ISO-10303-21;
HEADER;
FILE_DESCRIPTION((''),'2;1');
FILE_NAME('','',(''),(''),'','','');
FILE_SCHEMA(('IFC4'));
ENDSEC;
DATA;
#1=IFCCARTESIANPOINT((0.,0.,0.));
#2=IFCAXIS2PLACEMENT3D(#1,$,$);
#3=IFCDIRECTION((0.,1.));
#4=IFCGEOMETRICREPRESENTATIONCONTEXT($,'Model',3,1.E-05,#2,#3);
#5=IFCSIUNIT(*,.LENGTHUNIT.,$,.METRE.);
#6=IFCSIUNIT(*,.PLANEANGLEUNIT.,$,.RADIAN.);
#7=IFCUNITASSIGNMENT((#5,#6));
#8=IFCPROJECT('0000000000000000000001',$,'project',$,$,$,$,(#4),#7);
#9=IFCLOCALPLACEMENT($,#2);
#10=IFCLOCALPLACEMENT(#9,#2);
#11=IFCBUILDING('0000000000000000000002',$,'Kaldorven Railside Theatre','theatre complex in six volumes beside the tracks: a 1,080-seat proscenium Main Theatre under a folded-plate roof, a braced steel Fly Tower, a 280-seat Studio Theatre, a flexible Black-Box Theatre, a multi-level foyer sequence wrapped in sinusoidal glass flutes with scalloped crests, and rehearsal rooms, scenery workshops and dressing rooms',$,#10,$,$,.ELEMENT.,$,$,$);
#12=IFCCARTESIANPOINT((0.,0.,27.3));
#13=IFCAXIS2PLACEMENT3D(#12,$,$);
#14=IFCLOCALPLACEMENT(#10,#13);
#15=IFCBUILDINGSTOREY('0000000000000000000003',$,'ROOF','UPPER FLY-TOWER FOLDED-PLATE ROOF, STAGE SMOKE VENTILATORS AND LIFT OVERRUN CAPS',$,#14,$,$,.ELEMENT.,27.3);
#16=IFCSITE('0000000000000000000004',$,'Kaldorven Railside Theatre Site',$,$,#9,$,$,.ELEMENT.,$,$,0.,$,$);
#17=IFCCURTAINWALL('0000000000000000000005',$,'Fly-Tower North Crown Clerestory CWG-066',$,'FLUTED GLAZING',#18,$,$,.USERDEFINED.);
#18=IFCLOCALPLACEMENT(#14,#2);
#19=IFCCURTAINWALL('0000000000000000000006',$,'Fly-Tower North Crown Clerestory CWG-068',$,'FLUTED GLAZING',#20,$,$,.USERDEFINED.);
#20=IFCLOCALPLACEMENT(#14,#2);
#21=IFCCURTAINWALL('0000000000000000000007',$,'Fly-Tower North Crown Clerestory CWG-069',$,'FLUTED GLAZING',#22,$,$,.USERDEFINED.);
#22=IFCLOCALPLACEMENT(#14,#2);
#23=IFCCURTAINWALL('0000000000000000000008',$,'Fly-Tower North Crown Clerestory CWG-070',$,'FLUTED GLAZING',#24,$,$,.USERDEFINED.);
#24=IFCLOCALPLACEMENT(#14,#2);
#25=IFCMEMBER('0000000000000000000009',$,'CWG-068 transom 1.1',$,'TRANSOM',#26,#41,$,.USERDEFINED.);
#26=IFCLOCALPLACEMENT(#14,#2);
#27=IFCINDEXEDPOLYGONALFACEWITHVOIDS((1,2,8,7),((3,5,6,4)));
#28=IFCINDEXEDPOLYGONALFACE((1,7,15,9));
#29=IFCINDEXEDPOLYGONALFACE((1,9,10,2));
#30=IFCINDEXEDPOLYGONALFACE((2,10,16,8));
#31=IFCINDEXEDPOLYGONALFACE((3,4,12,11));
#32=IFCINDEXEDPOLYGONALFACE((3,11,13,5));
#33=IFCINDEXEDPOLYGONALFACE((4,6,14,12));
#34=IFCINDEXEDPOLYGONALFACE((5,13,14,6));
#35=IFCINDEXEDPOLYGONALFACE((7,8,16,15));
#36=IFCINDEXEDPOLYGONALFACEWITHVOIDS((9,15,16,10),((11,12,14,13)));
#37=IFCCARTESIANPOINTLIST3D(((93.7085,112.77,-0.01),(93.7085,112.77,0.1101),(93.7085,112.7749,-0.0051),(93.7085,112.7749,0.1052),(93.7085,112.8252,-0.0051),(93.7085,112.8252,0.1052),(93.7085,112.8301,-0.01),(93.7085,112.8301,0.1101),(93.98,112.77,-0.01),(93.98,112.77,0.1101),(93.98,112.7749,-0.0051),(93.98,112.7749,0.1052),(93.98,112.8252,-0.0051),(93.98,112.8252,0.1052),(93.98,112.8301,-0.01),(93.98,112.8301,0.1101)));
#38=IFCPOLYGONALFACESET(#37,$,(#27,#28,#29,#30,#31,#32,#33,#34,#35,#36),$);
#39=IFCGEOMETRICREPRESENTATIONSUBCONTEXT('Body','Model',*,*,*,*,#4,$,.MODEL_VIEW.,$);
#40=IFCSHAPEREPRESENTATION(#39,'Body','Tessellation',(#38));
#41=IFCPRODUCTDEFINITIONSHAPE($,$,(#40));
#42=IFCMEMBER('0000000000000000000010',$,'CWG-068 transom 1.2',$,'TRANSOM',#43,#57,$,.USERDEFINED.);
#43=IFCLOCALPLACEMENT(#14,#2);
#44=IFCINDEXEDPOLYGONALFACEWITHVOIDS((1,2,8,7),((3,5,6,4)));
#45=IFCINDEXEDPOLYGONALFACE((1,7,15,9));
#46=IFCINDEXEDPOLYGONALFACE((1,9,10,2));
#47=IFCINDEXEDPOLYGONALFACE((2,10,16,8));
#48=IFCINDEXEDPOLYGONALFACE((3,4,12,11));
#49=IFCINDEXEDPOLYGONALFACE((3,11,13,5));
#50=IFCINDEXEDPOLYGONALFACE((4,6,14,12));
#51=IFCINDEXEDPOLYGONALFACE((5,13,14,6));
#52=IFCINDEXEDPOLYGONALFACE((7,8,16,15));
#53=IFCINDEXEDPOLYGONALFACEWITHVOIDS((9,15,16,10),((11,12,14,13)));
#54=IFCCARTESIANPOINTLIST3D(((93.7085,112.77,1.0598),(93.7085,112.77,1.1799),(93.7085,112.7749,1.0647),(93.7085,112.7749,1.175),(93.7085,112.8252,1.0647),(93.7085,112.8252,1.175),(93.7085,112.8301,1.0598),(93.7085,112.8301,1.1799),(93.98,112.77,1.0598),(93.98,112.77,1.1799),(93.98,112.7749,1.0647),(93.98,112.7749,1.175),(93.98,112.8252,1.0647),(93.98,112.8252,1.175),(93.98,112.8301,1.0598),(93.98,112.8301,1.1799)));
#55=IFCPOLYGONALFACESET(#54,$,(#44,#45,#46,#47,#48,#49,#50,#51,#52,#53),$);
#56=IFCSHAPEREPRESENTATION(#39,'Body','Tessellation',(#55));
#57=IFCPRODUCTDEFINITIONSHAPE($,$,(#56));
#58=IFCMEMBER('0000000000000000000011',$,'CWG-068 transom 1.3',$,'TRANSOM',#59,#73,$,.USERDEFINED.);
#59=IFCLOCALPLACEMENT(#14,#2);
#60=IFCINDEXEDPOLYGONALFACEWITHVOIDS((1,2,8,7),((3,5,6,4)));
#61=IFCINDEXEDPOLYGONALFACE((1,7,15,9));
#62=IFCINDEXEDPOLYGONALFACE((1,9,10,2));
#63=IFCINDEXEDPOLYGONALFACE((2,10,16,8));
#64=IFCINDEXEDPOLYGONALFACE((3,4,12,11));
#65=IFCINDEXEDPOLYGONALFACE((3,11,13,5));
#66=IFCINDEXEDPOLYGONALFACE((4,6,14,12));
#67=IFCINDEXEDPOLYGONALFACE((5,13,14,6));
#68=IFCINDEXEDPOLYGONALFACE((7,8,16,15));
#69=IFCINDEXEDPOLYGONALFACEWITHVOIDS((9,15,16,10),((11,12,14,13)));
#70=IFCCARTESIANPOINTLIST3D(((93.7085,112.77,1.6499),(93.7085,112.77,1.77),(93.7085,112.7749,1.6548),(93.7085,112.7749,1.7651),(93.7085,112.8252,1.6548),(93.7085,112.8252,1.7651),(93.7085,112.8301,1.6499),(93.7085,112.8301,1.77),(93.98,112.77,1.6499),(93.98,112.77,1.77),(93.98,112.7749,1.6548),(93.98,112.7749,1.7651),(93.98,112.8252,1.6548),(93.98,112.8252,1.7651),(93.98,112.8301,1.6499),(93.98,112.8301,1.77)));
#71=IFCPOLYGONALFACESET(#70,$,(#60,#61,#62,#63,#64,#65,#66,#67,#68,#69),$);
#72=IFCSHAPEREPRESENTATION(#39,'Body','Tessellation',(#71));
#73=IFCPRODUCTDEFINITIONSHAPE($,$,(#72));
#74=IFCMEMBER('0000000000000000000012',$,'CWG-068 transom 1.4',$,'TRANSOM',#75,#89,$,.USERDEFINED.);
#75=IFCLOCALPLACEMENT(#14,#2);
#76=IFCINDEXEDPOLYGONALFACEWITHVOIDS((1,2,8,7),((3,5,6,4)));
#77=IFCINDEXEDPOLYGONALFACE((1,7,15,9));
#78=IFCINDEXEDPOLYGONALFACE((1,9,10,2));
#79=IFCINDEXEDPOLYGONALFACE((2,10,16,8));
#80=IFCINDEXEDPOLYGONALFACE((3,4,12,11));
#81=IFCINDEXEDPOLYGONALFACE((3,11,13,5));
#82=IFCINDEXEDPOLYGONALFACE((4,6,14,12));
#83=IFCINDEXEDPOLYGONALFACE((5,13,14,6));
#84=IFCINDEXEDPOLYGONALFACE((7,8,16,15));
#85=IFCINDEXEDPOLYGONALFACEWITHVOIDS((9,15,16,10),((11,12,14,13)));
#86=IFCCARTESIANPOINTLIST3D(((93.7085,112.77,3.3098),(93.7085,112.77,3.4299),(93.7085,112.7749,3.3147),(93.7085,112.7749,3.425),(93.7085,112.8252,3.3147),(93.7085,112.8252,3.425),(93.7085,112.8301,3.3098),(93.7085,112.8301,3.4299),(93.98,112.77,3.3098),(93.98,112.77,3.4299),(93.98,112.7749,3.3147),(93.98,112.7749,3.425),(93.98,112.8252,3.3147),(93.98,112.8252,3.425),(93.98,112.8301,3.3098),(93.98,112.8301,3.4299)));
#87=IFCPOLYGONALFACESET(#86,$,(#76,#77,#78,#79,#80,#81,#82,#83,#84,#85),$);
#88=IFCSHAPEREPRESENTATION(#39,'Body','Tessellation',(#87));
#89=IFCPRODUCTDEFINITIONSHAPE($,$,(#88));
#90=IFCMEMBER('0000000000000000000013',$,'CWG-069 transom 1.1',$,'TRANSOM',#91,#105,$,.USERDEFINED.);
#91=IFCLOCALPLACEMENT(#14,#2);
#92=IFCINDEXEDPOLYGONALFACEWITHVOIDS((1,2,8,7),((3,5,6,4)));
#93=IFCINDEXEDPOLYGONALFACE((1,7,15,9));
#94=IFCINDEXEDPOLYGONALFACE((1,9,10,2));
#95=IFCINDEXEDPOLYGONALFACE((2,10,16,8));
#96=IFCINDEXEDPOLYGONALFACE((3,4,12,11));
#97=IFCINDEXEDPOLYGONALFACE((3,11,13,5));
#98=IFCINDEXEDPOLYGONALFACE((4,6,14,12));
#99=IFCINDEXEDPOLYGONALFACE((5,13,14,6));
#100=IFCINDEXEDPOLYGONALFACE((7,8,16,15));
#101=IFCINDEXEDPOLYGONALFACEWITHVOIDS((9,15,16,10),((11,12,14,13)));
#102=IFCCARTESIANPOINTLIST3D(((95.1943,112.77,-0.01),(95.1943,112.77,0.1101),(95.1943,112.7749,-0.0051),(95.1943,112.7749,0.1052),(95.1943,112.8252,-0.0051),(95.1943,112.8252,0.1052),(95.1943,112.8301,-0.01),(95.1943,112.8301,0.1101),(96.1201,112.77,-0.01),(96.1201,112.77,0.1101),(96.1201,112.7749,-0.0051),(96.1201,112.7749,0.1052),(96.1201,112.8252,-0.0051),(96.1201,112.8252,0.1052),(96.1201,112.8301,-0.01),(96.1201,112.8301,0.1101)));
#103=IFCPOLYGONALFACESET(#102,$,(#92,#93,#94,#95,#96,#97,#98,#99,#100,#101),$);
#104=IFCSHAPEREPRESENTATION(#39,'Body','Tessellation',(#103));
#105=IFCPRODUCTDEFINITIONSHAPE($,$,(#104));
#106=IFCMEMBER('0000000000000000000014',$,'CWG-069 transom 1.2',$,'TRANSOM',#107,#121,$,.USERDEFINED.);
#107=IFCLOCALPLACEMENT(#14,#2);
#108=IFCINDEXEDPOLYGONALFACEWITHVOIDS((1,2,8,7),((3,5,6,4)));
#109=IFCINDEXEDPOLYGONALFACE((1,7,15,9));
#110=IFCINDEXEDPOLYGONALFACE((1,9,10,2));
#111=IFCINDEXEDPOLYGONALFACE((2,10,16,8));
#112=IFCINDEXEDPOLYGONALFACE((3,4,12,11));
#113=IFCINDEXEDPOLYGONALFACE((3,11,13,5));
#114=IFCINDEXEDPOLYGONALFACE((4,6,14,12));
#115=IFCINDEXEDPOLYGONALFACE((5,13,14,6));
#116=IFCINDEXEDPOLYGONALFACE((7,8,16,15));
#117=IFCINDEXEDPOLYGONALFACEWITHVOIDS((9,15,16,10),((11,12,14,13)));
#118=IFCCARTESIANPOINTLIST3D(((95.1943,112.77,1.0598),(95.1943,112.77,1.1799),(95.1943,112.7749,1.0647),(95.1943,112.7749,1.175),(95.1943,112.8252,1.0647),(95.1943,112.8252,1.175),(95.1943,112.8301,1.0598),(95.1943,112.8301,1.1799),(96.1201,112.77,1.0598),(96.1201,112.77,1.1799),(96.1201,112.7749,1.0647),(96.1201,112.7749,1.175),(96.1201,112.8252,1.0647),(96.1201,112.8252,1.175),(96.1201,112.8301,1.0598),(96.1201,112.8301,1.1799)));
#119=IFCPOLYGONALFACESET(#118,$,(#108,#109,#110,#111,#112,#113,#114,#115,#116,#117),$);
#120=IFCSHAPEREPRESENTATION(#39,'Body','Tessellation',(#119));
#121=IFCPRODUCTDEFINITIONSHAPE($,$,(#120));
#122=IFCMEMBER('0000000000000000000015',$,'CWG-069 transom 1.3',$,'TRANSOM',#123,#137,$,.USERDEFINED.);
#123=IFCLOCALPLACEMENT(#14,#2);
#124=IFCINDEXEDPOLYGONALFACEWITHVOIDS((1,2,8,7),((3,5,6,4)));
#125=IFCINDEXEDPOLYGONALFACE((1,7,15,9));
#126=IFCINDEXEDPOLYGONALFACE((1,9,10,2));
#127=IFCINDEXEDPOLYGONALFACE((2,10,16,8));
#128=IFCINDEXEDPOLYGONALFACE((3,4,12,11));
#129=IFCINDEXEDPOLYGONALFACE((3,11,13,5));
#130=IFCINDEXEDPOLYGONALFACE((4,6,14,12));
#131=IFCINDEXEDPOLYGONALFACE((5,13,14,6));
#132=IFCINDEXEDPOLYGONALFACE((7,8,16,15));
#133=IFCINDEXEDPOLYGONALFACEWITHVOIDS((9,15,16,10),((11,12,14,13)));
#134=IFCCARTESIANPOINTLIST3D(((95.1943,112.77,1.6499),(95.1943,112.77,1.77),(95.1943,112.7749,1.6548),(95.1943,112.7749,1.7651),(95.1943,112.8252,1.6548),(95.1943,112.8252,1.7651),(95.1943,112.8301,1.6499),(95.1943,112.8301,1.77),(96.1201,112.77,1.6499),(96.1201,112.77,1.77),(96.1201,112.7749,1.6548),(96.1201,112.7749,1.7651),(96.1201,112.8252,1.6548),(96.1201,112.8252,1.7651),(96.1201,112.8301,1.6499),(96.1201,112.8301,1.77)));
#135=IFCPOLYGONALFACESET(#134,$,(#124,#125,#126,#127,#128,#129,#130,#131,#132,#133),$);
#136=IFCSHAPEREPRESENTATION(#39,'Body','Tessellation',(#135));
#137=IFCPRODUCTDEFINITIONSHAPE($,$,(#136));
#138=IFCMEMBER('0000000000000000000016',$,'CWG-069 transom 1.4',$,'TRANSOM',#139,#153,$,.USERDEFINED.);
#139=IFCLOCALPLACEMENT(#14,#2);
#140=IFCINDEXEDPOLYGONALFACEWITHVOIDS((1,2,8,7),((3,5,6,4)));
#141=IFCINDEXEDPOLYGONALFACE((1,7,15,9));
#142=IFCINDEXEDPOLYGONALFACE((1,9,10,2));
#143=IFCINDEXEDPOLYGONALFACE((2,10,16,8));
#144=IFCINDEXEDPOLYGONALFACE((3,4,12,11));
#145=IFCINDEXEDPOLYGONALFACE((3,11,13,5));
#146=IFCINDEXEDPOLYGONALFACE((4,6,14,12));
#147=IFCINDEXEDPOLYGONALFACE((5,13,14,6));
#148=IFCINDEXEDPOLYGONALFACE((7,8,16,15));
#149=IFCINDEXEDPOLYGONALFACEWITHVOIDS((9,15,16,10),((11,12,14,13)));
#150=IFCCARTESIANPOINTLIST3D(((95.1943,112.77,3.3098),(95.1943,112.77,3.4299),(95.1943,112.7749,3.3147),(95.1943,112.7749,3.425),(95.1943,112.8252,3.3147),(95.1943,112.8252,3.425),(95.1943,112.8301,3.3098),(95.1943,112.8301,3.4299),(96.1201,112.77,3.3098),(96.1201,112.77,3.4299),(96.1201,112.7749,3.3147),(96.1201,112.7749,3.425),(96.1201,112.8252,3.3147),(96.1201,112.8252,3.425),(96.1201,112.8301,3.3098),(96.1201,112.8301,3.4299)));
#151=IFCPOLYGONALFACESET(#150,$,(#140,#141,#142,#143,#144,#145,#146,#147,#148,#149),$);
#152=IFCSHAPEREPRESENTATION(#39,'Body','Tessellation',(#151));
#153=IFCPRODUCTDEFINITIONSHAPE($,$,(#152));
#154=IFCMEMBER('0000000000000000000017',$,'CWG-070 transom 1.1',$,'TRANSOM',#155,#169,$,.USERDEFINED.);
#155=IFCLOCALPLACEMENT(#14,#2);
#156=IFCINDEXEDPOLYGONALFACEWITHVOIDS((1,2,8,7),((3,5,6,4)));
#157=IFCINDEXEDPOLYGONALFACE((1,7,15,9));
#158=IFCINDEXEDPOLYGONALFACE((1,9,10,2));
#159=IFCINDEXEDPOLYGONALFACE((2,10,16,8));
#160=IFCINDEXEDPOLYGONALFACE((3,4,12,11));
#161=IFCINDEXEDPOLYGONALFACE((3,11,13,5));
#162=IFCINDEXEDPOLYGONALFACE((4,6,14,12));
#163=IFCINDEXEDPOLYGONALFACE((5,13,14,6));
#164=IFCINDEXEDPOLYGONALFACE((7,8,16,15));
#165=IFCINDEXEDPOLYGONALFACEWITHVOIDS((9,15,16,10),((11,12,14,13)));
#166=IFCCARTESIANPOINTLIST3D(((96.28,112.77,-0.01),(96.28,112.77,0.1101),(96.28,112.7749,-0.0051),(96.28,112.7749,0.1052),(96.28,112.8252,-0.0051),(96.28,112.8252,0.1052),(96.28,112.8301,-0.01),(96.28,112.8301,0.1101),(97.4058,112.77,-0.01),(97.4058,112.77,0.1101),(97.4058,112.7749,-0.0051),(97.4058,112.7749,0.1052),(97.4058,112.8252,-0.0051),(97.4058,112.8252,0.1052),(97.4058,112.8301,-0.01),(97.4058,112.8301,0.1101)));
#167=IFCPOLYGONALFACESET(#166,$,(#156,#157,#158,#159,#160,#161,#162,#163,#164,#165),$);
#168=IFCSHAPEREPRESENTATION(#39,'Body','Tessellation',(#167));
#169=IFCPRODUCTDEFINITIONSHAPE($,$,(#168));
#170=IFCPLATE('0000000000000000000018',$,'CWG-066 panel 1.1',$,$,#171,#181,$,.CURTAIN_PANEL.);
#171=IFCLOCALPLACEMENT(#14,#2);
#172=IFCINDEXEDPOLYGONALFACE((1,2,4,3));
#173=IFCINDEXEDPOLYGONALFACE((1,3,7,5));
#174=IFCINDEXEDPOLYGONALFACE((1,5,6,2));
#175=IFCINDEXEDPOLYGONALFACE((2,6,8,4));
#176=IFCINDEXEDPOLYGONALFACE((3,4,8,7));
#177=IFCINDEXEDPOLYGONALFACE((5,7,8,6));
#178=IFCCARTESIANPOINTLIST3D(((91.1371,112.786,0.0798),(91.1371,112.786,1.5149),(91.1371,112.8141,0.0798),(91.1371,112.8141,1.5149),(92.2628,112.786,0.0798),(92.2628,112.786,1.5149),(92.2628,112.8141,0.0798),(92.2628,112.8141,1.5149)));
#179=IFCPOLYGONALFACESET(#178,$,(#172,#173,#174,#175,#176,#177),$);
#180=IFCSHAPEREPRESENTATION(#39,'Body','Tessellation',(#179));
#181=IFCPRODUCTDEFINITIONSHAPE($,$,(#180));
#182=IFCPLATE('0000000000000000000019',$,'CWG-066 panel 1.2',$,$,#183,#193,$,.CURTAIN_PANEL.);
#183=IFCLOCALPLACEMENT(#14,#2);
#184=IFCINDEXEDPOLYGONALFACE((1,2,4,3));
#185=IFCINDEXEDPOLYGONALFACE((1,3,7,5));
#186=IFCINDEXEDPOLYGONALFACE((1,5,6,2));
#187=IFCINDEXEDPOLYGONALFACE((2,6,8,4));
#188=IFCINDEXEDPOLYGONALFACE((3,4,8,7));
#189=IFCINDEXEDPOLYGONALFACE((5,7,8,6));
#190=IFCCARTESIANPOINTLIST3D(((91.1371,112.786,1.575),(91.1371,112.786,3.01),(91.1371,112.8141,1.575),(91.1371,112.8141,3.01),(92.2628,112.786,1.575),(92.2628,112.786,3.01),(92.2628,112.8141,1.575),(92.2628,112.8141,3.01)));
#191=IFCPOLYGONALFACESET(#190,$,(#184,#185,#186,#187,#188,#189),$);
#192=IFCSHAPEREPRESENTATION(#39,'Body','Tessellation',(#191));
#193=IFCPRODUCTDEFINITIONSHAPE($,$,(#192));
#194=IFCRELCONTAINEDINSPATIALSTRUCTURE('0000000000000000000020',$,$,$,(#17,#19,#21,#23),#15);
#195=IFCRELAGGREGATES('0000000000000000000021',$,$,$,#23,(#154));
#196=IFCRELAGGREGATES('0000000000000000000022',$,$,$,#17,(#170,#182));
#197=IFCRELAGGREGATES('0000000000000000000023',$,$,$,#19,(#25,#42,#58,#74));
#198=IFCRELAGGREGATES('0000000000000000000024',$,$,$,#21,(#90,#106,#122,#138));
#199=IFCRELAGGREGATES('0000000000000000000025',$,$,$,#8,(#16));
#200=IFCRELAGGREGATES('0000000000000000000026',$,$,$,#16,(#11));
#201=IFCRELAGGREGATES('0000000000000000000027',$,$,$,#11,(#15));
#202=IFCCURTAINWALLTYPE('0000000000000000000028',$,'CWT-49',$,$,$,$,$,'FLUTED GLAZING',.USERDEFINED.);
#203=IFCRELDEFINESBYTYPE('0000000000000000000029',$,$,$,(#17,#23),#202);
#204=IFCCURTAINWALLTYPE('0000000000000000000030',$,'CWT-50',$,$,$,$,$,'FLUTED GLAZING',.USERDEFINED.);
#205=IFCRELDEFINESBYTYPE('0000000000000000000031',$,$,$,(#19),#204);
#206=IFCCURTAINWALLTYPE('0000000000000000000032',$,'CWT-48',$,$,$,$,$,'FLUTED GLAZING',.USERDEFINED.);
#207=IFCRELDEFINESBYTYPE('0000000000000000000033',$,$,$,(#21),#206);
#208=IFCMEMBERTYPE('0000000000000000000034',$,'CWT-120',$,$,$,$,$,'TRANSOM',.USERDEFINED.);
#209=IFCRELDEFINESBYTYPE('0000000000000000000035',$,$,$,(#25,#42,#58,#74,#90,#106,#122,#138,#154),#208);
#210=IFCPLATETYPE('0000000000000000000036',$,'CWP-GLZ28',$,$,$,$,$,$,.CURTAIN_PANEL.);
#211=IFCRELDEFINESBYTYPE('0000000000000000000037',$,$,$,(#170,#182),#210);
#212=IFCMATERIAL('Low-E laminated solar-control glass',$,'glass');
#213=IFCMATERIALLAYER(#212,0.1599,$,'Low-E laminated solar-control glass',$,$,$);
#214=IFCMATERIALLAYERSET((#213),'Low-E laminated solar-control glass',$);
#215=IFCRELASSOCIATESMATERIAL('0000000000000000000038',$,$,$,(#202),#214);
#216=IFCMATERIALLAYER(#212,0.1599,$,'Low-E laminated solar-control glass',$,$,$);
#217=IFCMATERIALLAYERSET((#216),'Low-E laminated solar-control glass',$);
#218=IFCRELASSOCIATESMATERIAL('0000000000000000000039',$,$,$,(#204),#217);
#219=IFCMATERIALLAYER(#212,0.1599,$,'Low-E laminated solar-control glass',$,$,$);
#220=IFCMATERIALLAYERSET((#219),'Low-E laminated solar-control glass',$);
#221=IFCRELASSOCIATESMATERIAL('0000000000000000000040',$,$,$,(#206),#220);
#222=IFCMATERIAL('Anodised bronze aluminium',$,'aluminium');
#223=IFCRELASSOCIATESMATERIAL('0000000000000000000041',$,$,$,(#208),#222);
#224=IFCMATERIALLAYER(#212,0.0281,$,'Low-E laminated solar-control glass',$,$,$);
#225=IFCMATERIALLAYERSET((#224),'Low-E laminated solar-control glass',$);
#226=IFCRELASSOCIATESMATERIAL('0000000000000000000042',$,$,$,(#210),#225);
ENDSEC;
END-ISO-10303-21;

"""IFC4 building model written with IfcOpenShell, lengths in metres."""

from ifc_helpers import new_model, si_unit, direction, frame, origin, origin_2d, place, context, subcontext, project, spatial, rectangle, hollow_rectangle, extrude, material, layer, layer_set, material_profile, profile_set, type_object, element, aggregate, save


model = new_model("IFC4")

# Units and contexts
model_context = context("Model", 3, precision=1e-05, world=origin(), true_north=direction((0.0, 1.0)))
body_context = subcontext(model_context, "Body", "Model", "MODEL_VIEW")
ifc_project = project(units=[si_unit("LENGTHUNIT", "METRE"), si_unit("PLANEANGLEUNIT", "RADIAN")], contexts=[model_context])

# Site, building, storey
site_placement = place(None, origin())
site = spatial("IfcSite", under=ifc_project, at=site_placement, Name="Kaldorven Railside Theatre Site", CompositionType="ELEMENT", RefElevation=0.0)
building_placement = place(site_placement, origin())
building = spatial("IfcBuilding", under=site, at=building_placement, Name="Kaldorven Railside Theatre", Description="theatre complex in six volumes beside the tracks: a 1,080-seat proscenium Main Theatre under a folded-plate roof, a braced steel Fly Tower, a 280-seat Studio Theatre, a flexible Black-Box Theatre, a multi-level foyer sequence wrapped in sinusoidal glass flutes with scalloped crests, and rehearsal rooms, scenery workshops and dressing rooms", CompositionType="ELEMENT")
storey_placement = place(building_placement, frame((0.0, 0.0, 27.3)))
storey = spatial("IfcBuildingStorey", under=building, at=storey_placement, Name="ROOF", Description="UPPER FLY-TOWER FOLDED-PLATE ROOF, STAGE SMOKE VENTILATORS AND LIFT OVERRUN CAPS", CompositionType="ELEMENT", Elevation=27.3)

# Curtain wall
ifc_material_1 = material(Name="Low-E laminated solar-control glass", Category="glass")
ifc_layer_1 = layer(ifc_material_1, 0.1599, Name="Low-E laminated solar-control glass")
ifc_layer_set_1 = layer_set([ifc_layer_1], Name="Low-E laminated solar-control glass")
curtain_wall_type_1 = type_object("IfcCurtainWallType", Name="CWT-49", ElementType="FLUTED GLAZING", PredefinedType="USERDEFINED", material=ifc_layer_set_1)
curtain_wall_1_placement = place(storey_placement, origin())
curtain_wall_1 = element("IfcCurtainWall", 1, at=curtain_wall_1_placement, inside=storey, type_object=curtain_wall_type_1, Name="Fly-Tower North Crown Clerestory CWG-066", ObjectType="FLUTED GLAZING", PredefinedType="USERDEFINED")
ifc_material_2 = material(Name="Anodised bronze aluminium", Category="aluminium")

# Curtain walls
ifc_layer_2 = layer(ifc_material_1, 0.1599, Name="Low-E laminated solar-control glass")
ifc_layer_set_2 = layer_set([ifc_layer_2], Name="Low-E laminated solar-control glass")
curtain_wall_type_2 = type_object("IfcCurtainWallType", Name="CWT-50", ElementType="FLUTED GLAZING", PredefinedType="USERDEFINED", material=ifc_layer_set_2)
curtain_wall_2_placement = place(storey_placement, origin())
curtain_wall_2 = element("IfcCurtainWall", 2, at=curtain_wall_2_placement, inside=storey, type_object=curtain_wall_type_2, Name="Fly-Tower North Crown Clerestory CWG-068", ObjectType="FLUTED GLAZING", PredefinedType="USERDEFINED")
ifc_layer_3 = layer(ifc_material_1, 0.1599, Name="Low-E laminated solar-control glass")
ifc_layer_set_3 = layer_set([ifc_layer_3], Name="Low-E laminated solar-control glass")
curtain_wall_type_3 = type_object("IfcCurtainWallType", Name="CWT-48", ElementType="FLUTED GLAZING", PredefinedType="USERDEFINED", material=ifc_layer_set_3)
curtain_wall_3_placement = place(storey_placement, origin())
curtain_wall_3 = element("IfcCurtainWall", 3, at=curtain_wall_3_placement, inside=storey, type_object=curtain_wall_type_3, Name="Fly-Tower North Crown Clerestory CWG-069", ObjectType="FLUTED GLAZING", PredefinedType="USERDEFINED")

# Curtain wall
curtain_wall_4_placement = place(storey_placement, origin())
curtain_wall_4 = element("IfcCurtainWall", 4, at=curtain_wall_4_placement, inside=storey, type_object=curtain_wall_type_1, Name="Fly-Tower North Crown Clerestory CWG-070", ObjectType="FLUTED GLAZING", PredefinedType="USERDEFINED")

# Members
ifc_material_profile_1 = material_profile(ifc_material_2, hollow_rectangle(XDim=0.0601, YDim=0.1201, WallThickness=0.0049, at=origin_2d()), Name="RHS 120x60x5")
ifc_profile_set_1 = profile_set([ifc_material_profile_1], Name="Anodised bronze aluminium")
member_type_1 = type_object("IfcMemberType", Name="CWT-120", ElementType="TRANSOM", PredefinedType="USERDEFINED", material=ifc_profile_set_1)
member_1_placement = place(storey_placement, frame((93.7085, 112.8, 0.05), z_axis=(1.0, 0.0, 0.0), x_axis=(0.0, 1.0, 0.0)))
member_1 = element("IfcMember", 5, at=member_1_placement, type_object=member_type_1, Name="CWG-068 transom 1.1", ObjectType="TRANSOM", PredefinedType="USERDEFINED", context=body_context, shape_type="SweptSolid", body=[
    extrude(hollow_rectangle(XDim=0.0601, YDim=0.1201, WallThickness=0.0049, at=origin_2d()), origin(), (0.0, 0.0, 1.0), 0.2715),
])
member_2_placement = place(storey_placement, frame((93.7085, 112.8, 1.1199), z_axis=(1.0, 0.0, 0.0), x_axis=(0.0, 1.0, 0.0)))
member_2 = element("IfcMember", 6, at=member_2_placement, type_object=member_type_1, Name="CWG-068 transom 1.2", ObjectType="TRANSOM", PredefinedType="USERDEFINED", context=body_context, shape_type="SweptSolid", body=[
    extrude(hollow_rectangle(XDim=0.0601, YDim=0.1201, WallThickness=0.0049, at=origin_2d()), origin(), (0.0, 0.0, 1.0), 0.2715),
])
member_3_placement = place(storey_placement, frame((93.7085, 112.8, 1.71), z_axis=(1.0, 0.0, 0.0), x_axis=(0.0, 1.0, 0.0)))
member_3 = element("IfcMember", 7, at=member_3_placement, type_object=member_type_1, Name="CWG-068 transom 1.3", ObjectType="TRANSOM", PredefinedType="USERDEFINED", context=body_context, shape_type="SweptSolid", body=[
    extrude(hollow_rectangle(XDim=0.0601, YDim=0.1201, WallThickness=0.0049, at=origin_2d()), origin(), (0.0, 0.0, 1.0), 0.2715),
])
member_4_placement = place(storey_placement, frame((93.7085, 112.8, 3.3699), z_axis=(1.0, 0.0, 0.0), x_axis=(0.0, 1.0, 0.0)))
member_4 = element("IfcMember", 8, at=member_4_placement, type_object=member_type_1, Name="CWG-068 transom 1.4", ObjectType="TRANSOM", PredefinedType="USERDEFINED", context=body_context, shape_type="SweptSolid", body=[
    extrude(hollow_rectangle(XDim=0.0601, YDim=0.1201, WallThickness=0.0049, at=origin_2d()), origin(), (0.0, 0.0, 1.0), 0.2715),
])
member_5_placement = place(storey_placement, frame((95.1943, 112.8, 0.05), z_axis=(1.0, 0.0, 0.0), x_axis=(0.0, 1.0, 0.0)))
member_5 = element("IfcMember", 9, at=member_5_placement, type_object=member_type_1, Name="CWG-069 transom 1.1", ObjectType="TRANSOM", PredefinedType="USERDEFINED", context=body_context, shape_type="SweptSolid", body=[
    extrude(hollow_rectangle(XDim=0.0601, YDim=0.1201, WallThickness=0.0049, at=origin_2d()), origin(), (0.0, 0.0, 1.0), 0.9258),
])
member_6_placement = place(storey_placement, frame((95.1943, 112.8, 1.1199), z_axis=(1.0, 0.0, 0.0), x_axis=(0.0, 1.0, 0.0)))
member_6 = element("IfcMember", 10, at=member_6_placement, type_object=member_type_1, Name="CWG-069 transom 1.2", ObjectType="TRANSOM", PredefinedType="USERDEFINED", context=body_context, shape_type="SweptSolid", body=[
    extrude(hollow_rectangle(XDim=0.0601, YDim=0.1201, WallThickness=0.0049, at=origin_2d()), origin(), (0.0, 0.0, 1.0), 0.9258),
])
member_7_placement = place(storey_placement, frame((95.1943, 112.8, 1.71), z_axis=(1.0, 0.0, 0.0), x_axis=(0.0, 1.0, 0.0)))
member_7 = element("IfcMember", 11, at=member_7_placement, type_object=member_type_1, Name="CWG-069 transom 1.3", ObjectType="TRANSOM", PredefinedType="USERDEFINED", context=body_context, shape_type="SweptSolid", body=[
    extrude(hollow_rectangle(XDim=0.0601, YDim=0.1201, WallThickness=0.0049, at=origin_2d()), origin(), (0.0, 0.0, 1.0), 0.9258),
])
member_8_placement = place(storey_placement, frame((95.1943, 112.8, 3.3699), z_axis=(1.0, 0.0, 0.0), x_axis=(0.0, 1.0, 0.0)))
member_8 = element("IfcMember", 12, at=member_8_placement, type_object=member_type_1, Name="CWG-069 transom 1.4", ObjectType="TRANSOM", PredefinedType="USERDEFINED", context=body_context, shape_type="SweptSolid", body=[
    extrude(hollow_rectangle(XDim=0.0601, YDim=0.1201, WallThickness=0.0049, at=origin_2d()), origin(), (0.0, 0.0, 1.0), 0.9258),
])
member_9_placement = place(storey_placement, frame((96.28, 112.8, 0.05), z_axis=(1.0, 0.0, 0.0), x_axis=(0.0, 1.0, 0.0)))
member_9 = element("IfcMember", 13, at=member_9_placement, type_object=member_type_1, Name="CWG-070 transom 1.1", ObjectType="TRANSOM", PredefinedType="USERDEFINED", context=body_context, shape_type="SweptSolid", body=[
    extrude(hollow_rectangle(XDim=0.0601, YDim=0.1201, WallThickness=0.0049, at=origin_2d()), origin(), (0.0, 0.0, 1.0), 1.1257),
])
aggregate(curtain_wall_4, [member_9])

# Plates
ifc_layer_4 = layer(ifc_material_1, 0.0281, Name="Low-E laminated solar-control glass")
ifc_layer_set_4 = layer_set([ifc_layer_4], Name="Low-E laminated solar-control glass")
plate_type = type_object("IfcPlateType", Name="CWP-GLZ28", PredefinedType="CURTAIN_PANEL", material=ifc_layer_set_4)
plate_1_placement = place(storey_placement, frame((91.7, 112.8, 0.0798), z_axis=(0.0, 0.0, 1.0), x_axis=(1.0, 0.0, 0.0)))
plate_1 = element("IfcPlate", 14, at=plate_1_placement, type_object=plate_type, Name="CWG-066 panel 1.1", PredefinedType="CURTAIN_PANEL", context=body_context, shape_type="SweptSolid", body=[
    extrude(rectangle(XDim=1.1257, YDim=0.0281, at=origin_2d()), origin(), (0.0, 0.0, 1.0), 1.4351),
])
plate_2_placement = place(storey_placement, frame((91.7, 112.8, 1.575), z_axis=(0.0, 0.0, 1.0), x_axis=(1.0, 0.0, 0.0)))
plate_2 = element("IfcPlate", 15, at=plate_2_placement, type_object=plate_type, Name="CWG-066 panel 1.2", PredefinedType="CURTAIN_PANEL", context=body_context, shape_type="SweptSolid", body=[
    extrude(rectangle(XDim=1.1257, YDim=0.0281, at=origin_2d()), origin(), (0.0, 0.0, 1.0), 1.4351),
])
aggregate(curtain_wall_1, [plate_1, plate_2])
aggregate(curtain_wall_2, [member_1, member_2, member_3, member_4])
aggregate(curtain_wall_3, [member_5, member_6, member_7, member_8])

save(model, "model.ifc")
